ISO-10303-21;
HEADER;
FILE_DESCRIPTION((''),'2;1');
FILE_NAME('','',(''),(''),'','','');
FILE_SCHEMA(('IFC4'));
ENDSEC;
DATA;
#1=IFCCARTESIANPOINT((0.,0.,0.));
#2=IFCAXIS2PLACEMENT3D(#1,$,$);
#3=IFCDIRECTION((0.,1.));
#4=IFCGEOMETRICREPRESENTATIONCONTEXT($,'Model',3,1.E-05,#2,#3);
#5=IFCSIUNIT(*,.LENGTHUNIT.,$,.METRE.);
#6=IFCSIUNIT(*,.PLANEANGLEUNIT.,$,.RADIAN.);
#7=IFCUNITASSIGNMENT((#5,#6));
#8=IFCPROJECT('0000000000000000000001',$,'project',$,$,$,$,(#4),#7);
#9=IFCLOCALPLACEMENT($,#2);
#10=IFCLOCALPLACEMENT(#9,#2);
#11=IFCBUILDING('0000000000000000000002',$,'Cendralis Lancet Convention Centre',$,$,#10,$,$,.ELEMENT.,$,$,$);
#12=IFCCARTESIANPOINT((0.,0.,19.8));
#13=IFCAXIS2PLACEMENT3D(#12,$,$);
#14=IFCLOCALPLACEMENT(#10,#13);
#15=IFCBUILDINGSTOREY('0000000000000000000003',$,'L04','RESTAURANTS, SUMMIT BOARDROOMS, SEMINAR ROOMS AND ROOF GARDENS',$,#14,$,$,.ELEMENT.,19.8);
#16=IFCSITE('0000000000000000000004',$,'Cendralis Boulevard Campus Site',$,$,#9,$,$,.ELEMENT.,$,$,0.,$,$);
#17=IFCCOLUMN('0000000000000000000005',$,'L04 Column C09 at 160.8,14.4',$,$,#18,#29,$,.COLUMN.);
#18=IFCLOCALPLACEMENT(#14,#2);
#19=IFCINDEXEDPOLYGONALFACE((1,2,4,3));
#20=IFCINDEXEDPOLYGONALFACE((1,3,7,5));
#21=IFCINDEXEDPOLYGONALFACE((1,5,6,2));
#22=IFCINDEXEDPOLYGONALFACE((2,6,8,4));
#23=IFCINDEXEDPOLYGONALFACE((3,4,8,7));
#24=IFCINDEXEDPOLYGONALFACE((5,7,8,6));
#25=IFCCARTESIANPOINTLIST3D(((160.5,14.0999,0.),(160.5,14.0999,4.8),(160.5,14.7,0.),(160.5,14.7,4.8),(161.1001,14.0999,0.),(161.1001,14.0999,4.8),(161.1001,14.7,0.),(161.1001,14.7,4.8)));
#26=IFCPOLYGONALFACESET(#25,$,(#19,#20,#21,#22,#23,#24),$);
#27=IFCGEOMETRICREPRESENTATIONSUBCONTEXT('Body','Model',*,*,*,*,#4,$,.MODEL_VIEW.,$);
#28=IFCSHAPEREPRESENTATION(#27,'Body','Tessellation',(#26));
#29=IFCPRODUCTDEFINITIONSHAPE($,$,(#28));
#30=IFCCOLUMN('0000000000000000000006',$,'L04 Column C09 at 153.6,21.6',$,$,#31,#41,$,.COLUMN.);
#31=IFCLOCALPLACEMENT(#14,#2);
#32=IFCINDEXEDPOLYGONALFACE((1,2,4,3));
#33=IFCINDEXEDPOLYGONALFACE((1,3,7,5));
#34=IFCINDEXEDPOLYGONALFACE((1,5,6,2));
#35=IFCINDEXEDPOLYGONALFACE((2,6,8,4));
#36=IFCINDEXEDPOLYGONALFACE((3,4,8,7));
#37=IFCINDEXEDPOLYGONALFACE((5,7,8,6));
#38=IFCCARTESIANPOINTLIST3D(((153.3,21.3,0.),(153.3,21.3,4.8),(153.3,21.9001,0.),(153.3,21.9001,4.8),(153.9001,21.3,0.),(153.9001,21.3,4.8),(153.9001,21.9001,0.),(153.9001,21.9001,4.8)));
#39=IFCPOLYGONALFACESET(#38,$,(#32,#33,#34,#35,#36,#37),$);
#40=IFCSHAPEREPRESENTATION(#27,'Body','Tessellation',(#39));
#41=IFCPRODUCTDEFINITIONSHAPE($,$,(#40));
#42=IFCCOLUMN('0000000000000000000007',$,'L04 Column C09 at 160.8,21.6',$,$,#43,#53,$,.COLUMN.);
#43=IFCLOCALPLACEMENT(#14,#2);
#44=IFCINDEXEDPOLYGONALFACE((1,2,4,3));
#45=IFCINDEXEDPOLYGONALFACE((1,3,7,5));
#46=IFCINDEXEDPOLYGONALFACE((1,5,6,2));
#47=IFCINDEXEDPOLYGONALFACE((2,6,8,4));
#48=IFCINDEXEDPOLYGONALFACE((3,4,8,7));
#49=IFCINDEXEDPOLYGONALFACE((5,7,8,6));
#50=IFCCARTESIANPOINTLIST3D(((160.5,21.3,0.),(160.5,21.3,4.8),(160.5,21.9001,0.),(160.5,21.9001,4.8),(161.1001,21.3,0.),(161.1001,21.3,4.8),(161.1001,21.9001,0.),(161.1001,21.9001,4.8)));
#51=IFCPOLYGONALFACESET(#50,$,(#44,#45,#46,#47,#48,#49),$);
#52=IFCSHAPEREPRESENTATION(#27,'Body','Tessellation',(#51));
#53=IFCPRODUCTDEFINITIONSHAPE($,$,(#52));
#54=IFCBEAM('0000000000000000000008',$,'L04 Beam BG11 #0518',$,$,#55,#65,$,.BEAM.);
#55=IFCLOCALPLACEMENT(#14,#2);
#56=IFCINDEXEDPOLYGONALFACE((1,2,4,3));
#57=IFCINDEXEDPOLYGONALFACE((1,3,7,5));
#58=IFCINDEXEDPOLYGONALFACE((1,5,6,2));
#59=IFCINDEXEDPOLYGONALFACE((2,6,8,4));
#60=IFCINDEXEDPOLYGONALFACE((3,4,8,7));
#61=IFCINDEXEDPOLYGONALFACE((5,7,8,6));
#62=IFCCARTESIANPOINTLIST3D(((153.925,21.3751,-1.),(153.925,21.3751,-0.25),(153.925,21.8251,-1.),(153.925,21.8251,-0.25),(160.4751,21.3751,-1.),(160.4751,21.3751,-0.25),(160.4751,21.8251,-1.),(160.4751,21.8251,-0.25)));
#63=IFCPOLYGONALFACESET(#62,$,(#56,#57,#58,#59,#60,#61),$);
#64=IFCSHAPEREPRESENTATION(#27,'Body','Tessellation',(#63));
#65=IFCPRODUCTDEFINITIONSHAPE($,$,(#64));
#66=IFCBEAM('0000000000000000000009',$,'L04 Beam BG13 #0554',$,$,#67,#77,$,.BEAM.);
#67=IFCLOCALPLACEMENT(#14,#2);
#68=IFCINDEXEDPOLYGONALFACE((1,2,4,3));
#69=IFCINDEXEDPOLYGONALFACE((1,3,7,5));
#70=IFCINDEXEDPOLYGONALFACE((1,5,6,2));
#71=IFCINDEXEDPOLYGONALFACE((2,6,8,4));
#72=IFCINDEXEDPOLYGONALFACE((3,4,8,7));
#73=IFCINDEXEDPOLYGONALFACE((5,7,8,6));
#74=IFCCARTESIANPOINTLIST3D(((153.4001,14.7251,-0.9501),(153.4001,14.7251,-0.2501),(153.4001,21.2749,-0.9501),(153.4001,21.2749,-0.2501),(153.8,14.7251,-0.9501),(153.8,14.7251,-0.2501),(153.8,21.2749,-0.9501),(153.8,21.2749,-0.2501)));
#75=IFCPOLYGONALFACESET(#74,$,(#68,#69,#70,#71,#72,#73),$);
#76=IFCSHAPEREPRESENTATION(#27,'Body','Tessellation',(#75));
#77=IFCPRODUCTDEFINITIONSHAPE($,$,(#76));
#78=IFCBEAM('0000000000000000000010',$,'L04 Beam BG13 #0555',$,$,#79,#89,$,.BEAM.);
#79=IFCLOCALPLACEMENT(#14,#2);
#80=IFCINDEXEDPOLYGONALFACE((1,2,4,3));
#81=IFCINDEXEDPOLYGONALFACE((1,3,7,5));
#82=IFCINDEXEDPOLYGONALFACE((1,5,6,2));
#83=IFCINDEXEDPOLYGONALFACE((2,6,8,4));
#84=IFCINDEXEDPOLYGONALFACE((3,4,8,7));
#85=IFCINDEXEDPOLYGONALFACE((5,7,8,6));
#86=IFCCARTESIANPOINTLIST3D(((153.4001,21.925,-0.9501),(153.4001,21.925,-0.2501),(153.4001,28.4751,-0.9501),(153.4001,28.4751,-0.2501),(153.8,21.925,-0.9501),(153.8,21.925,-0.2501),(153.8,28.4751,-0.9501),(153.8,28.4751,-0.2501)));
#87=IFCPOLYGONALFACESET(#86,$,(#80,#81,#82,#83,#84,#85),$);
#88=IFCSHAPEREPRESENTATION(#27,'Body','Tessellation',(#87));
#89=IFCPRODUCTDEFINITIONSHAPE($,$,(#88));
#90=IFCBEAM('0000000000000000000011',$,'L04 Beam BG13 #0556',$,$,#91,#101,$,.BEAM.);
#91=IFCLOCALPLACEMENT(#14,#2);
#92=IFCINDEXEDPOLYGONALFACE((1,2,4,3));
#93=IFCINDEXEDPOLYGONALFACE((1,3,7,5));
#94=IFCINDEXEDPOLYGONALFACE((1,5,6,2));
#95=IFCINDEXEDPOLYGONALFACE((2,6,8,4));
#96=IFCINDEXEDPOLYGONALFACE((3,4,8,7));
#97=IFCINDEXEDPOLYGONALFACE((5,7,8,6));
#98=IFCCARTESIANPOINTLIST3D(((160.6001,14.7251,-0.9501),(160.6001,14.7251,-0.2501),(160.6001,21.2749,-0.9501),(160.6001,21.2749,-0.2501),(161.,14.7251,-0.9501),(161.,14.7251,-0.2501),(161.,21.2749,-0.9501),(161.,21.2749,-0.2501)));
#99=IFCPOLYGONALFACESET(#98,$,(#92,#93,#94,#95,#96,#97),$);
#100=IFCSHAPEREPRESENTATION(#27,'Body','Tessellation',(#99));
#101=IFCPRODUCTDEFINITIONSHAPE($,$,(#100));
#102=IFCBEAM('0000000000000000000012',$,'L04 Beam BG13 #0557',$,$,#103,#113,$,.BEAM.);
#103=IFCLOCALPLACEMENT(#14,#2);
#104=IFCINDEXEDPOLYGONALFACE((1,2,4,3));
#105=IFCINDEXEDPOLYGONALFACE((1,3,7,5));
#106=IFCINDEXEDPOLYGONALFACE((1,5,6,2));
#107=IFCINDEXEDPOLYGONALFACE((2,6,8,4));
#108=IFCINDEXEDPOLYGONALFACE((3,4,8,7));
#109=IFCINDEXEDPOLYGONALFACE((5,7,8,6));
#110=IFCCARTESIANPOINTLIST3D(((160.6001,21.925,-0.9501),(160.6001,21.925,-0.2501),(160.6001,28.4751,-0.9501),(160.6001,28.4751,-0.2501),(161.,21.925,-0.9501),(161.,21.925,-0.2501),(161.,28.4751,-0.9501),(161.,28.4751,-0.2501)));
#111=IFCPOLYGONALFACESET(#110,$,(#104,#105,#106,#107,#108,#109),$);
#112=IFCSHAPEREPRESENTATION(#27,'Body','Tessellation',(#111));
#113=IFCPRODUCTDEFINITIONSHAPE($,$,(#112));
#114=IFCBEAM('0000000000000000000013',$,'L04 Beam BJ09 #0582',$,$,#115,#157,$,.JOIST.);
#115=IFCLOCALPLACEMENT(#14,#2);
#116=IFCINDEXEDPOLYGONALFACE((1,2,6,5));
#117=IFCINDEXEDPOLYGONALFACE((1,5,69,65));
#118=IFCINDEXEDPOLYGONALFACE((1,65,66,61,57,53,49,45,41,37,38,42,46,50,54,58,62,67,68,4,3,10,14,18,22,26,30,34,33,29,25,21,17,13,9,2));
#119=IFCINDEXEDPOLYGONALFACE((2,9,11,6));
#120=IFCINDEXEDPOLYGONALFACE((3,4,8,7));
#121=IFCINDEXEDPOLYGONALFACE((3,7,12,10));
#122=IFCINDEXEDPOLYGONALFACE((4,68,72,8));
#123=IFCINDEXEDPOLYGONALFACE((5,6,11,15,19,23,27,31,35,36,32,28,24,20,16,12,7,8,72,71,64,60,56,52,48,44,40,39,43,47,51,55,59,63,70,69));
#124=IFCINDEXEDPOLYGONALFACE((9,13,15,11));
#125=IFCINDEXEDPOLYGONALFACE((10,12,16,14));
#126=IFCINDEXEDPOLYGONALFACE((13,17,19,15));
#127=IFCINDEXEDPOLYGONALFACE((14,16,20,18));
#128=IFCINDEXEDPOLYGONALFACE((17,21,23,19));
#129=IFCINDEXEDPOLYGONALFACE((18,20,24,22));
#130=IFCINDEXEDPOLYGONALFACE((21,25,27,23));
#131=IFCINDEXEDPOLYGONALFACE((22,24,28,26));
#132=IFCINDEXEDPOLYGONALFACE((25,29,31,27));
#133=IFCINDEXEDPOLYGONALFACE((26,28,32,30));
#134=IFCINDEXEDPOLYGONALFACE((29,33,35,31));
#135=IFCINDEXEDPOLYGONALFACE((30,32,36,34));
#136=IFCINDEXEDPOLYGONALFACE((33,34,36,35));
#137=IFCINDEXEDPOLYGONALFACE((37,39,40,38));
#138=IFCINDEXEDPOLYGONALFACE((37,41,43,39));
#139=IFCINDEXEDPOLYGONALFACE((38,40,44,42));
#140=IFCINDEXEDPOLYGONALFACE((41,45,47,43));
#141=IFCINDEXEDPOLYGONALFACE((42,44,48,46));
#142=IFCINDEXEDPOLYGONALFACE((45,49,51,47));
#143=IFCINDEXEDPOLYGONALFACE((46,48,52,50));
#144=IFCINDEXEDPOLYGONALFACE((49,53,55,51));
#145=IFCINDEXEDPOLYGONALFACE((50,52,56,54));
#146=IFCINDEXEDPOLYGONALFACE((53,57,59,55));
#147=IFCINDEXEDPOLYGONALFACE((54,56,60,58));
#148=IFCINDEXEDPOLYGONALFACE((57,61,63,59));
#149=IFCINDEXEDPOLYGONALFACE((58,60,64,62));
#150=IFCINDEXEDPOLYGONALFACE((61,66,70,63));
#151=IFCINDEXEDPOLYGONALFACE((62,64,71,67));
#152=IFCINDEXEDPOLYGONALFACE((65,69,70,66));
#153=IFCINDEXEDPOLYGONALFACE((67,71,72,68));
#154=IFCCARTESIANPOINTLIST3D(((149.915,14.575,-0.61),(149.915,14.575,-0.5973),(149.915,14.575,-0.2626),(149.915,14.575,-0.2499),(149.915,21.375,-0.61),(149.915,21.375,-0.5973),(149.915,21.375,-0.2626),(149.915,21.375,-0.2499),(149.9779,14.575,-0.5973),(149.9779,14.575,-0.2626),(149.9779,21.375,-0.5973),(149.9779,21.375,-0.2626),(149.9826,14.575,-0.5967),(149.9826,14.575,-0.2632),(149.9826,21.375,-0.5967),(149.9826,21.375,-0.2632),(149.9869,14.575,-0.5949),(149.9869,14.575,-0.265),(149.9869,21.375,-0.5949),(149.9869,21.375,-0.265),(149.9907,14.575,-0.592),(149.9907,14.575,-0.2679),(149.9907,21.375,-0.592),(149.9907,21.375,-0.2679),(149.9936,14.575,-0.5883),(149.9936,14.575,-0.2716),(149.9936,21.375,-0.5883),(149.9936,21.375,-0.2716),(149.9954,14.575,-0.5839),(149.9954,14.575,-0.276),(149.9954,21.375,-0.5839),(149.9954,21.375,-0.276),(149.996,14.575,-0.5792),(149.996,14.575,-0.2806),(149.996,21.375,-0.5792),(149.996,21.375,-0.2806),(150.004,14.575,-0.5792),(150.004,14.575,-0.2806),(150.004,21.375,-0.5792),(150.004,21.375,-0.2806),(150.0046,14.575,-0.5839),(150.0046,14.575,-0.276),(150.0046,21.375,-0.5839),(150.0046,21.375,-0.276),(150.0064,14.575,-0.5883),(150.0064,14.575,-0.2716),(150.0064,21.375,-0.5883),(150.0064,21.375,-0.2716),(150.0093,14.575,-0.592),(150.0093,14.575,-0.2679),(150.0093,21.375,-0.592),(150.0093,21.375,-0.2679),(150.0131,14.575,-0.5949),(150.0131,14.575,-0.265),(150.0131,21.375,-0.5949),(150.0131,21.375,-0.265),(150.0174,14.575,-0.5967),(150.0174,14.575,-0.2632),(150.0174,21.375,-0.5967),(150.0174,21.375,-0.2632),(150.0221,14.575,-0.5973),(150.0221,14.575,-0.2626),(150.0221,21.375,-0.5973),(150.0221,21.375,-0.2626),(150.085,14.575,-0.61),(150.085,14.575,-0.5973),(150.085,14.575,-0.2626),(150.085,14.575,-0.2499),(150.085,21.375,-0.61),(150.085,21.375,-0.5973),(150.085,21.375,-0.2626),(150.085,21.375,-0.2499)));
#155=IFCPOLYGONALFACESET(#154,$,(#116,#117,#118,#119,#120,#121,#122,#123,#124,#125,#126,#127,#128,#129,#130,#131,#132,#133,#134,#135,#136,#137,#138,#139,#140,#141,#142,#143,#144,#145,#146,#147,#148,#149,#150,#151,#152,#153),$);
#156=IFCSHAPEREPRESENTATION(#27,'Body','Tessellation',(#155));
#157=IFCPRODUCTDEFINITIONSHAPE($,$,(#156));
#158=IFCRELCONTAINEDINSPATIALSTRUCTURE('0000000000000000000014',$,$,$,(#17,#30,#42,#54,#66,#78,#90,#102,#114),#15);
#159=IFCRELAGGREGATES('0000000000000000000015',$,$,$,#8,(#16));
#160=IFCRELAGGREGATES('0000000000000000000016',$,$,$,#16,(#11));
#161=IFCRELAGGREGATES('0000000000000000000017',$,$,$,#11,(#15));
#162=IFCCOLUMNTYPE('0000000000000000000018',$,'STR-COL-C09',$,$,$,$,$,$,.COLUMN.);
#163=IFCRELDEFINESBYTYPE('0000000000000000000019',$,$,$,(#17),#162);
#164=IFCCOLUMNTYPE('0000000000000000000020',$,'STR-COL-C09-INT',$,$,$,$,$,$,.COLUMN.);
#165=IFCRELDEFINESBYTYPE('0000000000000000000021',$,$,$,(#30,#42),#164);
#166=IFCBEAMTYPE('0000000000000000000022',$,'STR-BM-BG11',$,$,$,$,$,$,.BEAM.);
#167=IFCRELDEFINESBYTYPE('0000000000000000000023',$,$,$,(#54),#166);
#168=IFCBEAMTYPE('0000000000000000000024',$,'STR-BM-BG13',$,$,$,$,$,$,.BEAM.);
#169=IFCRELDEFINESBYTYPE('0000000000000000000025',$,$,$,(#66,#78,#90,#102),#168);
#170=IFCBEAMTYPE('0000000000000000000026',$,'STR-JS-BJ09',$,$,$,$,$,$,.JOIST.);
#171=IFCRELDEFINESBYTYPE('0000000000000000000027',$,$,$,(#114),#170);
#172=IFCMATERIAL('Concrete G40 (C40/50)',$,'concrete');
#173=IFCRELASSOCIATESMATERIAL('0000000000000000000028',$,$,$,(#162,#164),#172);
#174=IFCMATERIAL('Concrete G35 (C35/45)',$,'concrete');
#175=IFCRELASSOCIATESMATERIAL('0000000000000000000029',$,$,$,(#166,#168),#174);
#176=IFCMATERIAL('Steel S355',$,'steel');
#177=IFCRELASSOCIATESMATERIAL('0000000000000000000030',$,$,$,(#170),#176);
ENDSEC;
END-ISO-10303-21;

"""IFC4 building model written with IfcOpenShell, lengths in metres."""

from ifc_helpers import new_model, si_unit, direction, frame, origin, origin_2d, place, context, subcontext, project, spatial, rectangle, i_section, extrude, material, material_profile, profile_set, type_object, element, save


model = new_model("IFC4")

# Units and contexts
model_context = context("Model", 3, precision=1e-05, world=origin(), true_north=direction((0.0, 1.0)))
body_context = subcontext(model_context, "Body", "Model", "MODEL_VIEW")
ifc_project = project(units=[si_unit("LENGTHUNIT", "METRE"), si_unit("PLANEANGLEUNIT", "RADIAN")], contexts=[model_context])

# Site, building, storey
site_placement = place(None, origin())
site = spatial("IfcSite", under=ifc_project, at=site_placement, Name="Cendralis Boulevard Campus Site", CompositionType="ELEMENT", RefElevation=0.0)
building_placement = place(site_placement, origin())
building = spatial("IfcBuilding", under=site, at=building_placement, Name="Cendralis Lancet Convention Centre", CompositionType="ELEMENT")
storey_placement = place(building_placement, frame((0.0, 0.0, 19.8)))
storey = spatial("IfcBuildingStorey", under=building, at=storey_placement, Name="L04", Description="RESTAURANTS, SUMMIT BOARDROOMS, SEMINAR ROOMS AND ROOF GARDENS", CompositionType="ELEMENT", Elevation=19.8)

# Columns
ifc_material_1 = material(Name="Concrete G40 (C40/50)", Category="concrete")
ifc_material_profile_1 = material_profile(ifc_material_1, rectangle(XDim=0.6001, YDim=0.6001, at=origin_2d()), Name="RC 600x600")
ifc_profile_set_1 = profile_set([ifc_material_profile_1], Name="Concrete G40 (C40/50)")
column_type_1 = type_object("IfcColumnType", Name="STR-COL-C09", PredefinedType="COLUMN", material=ifc_profile_set_1)
column_placement = place(storey_placement, frame((160.8, 14.3999, 0.0), z_axis=(0.0, 0.0, 1.0), x_axis=(1.0, 0.0, 0.0)))
element("IfcColumn", 1, at=column_placement, inside=storey, type_object=column_type_1, Name="L04 Column C09 at 160.8,14.4", PredefinedType="COLUMN", context=body_context, shape_type="SweptSolid", body=[
    extrude(rectangle(XDim=0.6001, YDim=0.6001, at=origin_2d()), origin(), (0.0, 0.0, 1.0), 4.8),
])
ifc_material_profile_2 = material_profile(ifc_material_1, rectangle(XDim=0.6001, YDim=0.6001, at=origin_2d()), Name="RC 600x600")
ifc_profile_set_2 = profile_set([ifc_material_profile_2], Name="Concrete G40 (C40/50)")
column_type_2 = type_object("IfcColumnType", Name="STR-COL-C09-INT", PredefinedType="COLUMN", material=ifc_profile_set_2)
for number, where, z_axis, x_axis, name in (
    (2, (153.6001, 21.6001, 0.0), (0.0, 0.0, 1.0), (1.0, 0.0, 0.0), "L04 Column C09 at 153.6,21.6"),
    (3, (160.8, 21.6001, 0.0), (0.0, 0.0, 1.0), (1.0, 0.0, 0.0), "L04 Column C09 at 160.8,21.6"),
):
    element("IfcColumn", number, at=place(storey_placement, frame(where, z_axis=z_axis, x_axis=x_axis)), inside=storey, type_object=column_type_2, Name=name, PredefinedType="COLUMN", context=body_context, shape_type="SweptSolid", body=[
        extrude(rectangle(XDim=0.6001, YDim=0.6001, at=origin_2d()), origin(), (0.0, 0.0, 1.0), 4.8),
    ])

# Beams
ifc_material_2 = material(Name="Concrete G35 (C35/45)", Category="concrete")
ifc_material_profile_3 = material_profile(ifc_material_2, rectangle(XDim=0.45, YDim=0.75, at=origin_2d()), Name="RCB 450x750")
ifc_profile_set_3 = profile_set([ifc_material_profile_3], Name="Concrete G35 (C35/45)")
beam_type_1 = type_object("IfcBeamType", Name="STR-BM-BG11", PredefinedType="BEAM", material=ifc_profile_set_3)
beam_1_placement = place(storey_placement, frame((153.925, 21.6001, -0.625), z_axis=(1.0, 0.0, 0.0), x_axis=(0.0, 1.0, 0.0)))
element("IfcBeam", 4, at=beam_1_placement, inside=storey, type_object=beam_type_1, Name="L04 Beam BG11 #0518", PredefinedType="BEAM", context=body_context, shape_type="SweptSolid", body=[
    extrude(rectangle(XDim=0.45, YDim=0.75, at=origin_2d()), origin(), (0.0, 0.0, 1.0), 6.55),
])
ifc_material_profile_4 = material_profile(ifc_material_2, rectangle(XDim=0.3999, YDim=0.7, at=origin_2d()), Name="RCB 400x700")
ifc_profile_set_4 = profile_set([ifc_material_profile_4], Name="Concrete G35 (C35/45)")
beam_type_2 = type_object("IfcBeamType", Name="STR-BM-BG13", PredefinedType="BEAM", material=ifc_profile_set_4)
beam_2_placement = place(storey_placement, frame((153.6001, 14.7251, -0.6001), z_axis=(0.0, 1.0, 0.0), x_axis=(-1.0, 0.0, 0.0)))
element("IfcBeam", 5, at=beam_2_placement, inside=storey, type_object=beam_type_2, Name="L04 Beam BG13 #0554", PredefinedType="BEAM", context=body_context, shape_type="SweptSolid", body=[
    extrude(rectangle(XDim=0.3999, YDim=0.7, at=origin_2d()), origin(), (0.0, 0.0, 1.0), 6.5498),
])
beam_3_placement = place(storey_placement, frame((153.6001, 21.925, -0.6001), z_axis=(0.0, 1.0, 0.0), x_axis=(-1.0, 0.0, 0.0)))
element("IfcBeam", 6, at=beam_3_placement, inside=storey, type_object=beam_type_2, Name="L04 Beam BG13 #0555", PredefinedType="BEAM", context=body_context, shape_type="SweptSolid", body=[
    extrude(rectangle(XDim=0.3999, YDim=0.7, at=origin_2d()), origin(), (0.0, 0.0, 1.0), 6.55),
])
beam_4_placement = place(storey_placement, frame((160.8, 14.7251, -0.6001), z_axis=(0.0, 1.0, 0.0), x_axis=(-1.0, 0.0, 0.0)))
element("IfcBeam", 7, at=beam_4_placement, inside=storey, type_object=beam_type_2, Name="L04 Beam BG13 #0556", PredefinedType="BEAM", context=body_context, shape_type="SweptSolid", body=[
    extrude(rectangle(XDim=0.3999, YDim=0.7, at=origin_2d()), origin(), (0.0, 0.0, 1.0), 6.5498),
])
beam_5_placement = place(storey_placement, frame((160.8, 21.925, -0.6001), z_axis=(0.0, 1.0, 0.0), x_axis=(-1.0, 0.0, 0.0)))
element("IfcBeam", 8, at=beam_5_placement, inside=storey, type_object=beam_type_2, Name="L04 Beam BG13 #0557", PredefinedType="BEAM", context=body_context, shape_type="SweptSolid", body=[
    extrude(rectangle(XDim=0.3999, YDim=0.7, at=origin_2d()), origin(), (0.0, 0.0, 1.0), 6.55),
])
ifc_material_3 = material(Name="Steel S355", Category="steel")
ifc_material_profile_5 = material_profile(ifc_material_3, i_section(OverallWidth=0.1699, OverallDepth=0.3601, WebThickness=0.0081, FlangeThickness=0.0127, FilletRadius=0.0181, at=origin_2d()), Name="IPE 360")
ifc_profile_set_5 = profile_set([ifc_material_profile_5], Name="Steel S355")
beam_type_3 = type_object("IfcBeamType", Name="STR-JS-BJ09", PredefinedType="JOIST", material=ifc_profile_set_5)
beam_6_placement = place(storey_placement, frame((150.0, 14.575, -0.4299), z_axis=(0.0, 1.0, 0.0), x_axis=(-1.0, 0.0, 0.0)))
element("IfcBeam", 9, at=beam_6_placement, inside=storey, type_object=beam_type_3, Name="L04 Beam BJ09 #0582", PredefinedType="JOIST", context=body_context, shape_type="SweptSolid", body=[
    extrude(i_section(OverallWidth=0.1699, OverallDepth=0.3601, WebThickness=0.0081, FlangeThickness=0.0127, FilletRadius=0.0181, at=origin_2d()), origin(), (0.0, 0.0, 1.0), 6.8),
])

save(model, "model.ifc")
